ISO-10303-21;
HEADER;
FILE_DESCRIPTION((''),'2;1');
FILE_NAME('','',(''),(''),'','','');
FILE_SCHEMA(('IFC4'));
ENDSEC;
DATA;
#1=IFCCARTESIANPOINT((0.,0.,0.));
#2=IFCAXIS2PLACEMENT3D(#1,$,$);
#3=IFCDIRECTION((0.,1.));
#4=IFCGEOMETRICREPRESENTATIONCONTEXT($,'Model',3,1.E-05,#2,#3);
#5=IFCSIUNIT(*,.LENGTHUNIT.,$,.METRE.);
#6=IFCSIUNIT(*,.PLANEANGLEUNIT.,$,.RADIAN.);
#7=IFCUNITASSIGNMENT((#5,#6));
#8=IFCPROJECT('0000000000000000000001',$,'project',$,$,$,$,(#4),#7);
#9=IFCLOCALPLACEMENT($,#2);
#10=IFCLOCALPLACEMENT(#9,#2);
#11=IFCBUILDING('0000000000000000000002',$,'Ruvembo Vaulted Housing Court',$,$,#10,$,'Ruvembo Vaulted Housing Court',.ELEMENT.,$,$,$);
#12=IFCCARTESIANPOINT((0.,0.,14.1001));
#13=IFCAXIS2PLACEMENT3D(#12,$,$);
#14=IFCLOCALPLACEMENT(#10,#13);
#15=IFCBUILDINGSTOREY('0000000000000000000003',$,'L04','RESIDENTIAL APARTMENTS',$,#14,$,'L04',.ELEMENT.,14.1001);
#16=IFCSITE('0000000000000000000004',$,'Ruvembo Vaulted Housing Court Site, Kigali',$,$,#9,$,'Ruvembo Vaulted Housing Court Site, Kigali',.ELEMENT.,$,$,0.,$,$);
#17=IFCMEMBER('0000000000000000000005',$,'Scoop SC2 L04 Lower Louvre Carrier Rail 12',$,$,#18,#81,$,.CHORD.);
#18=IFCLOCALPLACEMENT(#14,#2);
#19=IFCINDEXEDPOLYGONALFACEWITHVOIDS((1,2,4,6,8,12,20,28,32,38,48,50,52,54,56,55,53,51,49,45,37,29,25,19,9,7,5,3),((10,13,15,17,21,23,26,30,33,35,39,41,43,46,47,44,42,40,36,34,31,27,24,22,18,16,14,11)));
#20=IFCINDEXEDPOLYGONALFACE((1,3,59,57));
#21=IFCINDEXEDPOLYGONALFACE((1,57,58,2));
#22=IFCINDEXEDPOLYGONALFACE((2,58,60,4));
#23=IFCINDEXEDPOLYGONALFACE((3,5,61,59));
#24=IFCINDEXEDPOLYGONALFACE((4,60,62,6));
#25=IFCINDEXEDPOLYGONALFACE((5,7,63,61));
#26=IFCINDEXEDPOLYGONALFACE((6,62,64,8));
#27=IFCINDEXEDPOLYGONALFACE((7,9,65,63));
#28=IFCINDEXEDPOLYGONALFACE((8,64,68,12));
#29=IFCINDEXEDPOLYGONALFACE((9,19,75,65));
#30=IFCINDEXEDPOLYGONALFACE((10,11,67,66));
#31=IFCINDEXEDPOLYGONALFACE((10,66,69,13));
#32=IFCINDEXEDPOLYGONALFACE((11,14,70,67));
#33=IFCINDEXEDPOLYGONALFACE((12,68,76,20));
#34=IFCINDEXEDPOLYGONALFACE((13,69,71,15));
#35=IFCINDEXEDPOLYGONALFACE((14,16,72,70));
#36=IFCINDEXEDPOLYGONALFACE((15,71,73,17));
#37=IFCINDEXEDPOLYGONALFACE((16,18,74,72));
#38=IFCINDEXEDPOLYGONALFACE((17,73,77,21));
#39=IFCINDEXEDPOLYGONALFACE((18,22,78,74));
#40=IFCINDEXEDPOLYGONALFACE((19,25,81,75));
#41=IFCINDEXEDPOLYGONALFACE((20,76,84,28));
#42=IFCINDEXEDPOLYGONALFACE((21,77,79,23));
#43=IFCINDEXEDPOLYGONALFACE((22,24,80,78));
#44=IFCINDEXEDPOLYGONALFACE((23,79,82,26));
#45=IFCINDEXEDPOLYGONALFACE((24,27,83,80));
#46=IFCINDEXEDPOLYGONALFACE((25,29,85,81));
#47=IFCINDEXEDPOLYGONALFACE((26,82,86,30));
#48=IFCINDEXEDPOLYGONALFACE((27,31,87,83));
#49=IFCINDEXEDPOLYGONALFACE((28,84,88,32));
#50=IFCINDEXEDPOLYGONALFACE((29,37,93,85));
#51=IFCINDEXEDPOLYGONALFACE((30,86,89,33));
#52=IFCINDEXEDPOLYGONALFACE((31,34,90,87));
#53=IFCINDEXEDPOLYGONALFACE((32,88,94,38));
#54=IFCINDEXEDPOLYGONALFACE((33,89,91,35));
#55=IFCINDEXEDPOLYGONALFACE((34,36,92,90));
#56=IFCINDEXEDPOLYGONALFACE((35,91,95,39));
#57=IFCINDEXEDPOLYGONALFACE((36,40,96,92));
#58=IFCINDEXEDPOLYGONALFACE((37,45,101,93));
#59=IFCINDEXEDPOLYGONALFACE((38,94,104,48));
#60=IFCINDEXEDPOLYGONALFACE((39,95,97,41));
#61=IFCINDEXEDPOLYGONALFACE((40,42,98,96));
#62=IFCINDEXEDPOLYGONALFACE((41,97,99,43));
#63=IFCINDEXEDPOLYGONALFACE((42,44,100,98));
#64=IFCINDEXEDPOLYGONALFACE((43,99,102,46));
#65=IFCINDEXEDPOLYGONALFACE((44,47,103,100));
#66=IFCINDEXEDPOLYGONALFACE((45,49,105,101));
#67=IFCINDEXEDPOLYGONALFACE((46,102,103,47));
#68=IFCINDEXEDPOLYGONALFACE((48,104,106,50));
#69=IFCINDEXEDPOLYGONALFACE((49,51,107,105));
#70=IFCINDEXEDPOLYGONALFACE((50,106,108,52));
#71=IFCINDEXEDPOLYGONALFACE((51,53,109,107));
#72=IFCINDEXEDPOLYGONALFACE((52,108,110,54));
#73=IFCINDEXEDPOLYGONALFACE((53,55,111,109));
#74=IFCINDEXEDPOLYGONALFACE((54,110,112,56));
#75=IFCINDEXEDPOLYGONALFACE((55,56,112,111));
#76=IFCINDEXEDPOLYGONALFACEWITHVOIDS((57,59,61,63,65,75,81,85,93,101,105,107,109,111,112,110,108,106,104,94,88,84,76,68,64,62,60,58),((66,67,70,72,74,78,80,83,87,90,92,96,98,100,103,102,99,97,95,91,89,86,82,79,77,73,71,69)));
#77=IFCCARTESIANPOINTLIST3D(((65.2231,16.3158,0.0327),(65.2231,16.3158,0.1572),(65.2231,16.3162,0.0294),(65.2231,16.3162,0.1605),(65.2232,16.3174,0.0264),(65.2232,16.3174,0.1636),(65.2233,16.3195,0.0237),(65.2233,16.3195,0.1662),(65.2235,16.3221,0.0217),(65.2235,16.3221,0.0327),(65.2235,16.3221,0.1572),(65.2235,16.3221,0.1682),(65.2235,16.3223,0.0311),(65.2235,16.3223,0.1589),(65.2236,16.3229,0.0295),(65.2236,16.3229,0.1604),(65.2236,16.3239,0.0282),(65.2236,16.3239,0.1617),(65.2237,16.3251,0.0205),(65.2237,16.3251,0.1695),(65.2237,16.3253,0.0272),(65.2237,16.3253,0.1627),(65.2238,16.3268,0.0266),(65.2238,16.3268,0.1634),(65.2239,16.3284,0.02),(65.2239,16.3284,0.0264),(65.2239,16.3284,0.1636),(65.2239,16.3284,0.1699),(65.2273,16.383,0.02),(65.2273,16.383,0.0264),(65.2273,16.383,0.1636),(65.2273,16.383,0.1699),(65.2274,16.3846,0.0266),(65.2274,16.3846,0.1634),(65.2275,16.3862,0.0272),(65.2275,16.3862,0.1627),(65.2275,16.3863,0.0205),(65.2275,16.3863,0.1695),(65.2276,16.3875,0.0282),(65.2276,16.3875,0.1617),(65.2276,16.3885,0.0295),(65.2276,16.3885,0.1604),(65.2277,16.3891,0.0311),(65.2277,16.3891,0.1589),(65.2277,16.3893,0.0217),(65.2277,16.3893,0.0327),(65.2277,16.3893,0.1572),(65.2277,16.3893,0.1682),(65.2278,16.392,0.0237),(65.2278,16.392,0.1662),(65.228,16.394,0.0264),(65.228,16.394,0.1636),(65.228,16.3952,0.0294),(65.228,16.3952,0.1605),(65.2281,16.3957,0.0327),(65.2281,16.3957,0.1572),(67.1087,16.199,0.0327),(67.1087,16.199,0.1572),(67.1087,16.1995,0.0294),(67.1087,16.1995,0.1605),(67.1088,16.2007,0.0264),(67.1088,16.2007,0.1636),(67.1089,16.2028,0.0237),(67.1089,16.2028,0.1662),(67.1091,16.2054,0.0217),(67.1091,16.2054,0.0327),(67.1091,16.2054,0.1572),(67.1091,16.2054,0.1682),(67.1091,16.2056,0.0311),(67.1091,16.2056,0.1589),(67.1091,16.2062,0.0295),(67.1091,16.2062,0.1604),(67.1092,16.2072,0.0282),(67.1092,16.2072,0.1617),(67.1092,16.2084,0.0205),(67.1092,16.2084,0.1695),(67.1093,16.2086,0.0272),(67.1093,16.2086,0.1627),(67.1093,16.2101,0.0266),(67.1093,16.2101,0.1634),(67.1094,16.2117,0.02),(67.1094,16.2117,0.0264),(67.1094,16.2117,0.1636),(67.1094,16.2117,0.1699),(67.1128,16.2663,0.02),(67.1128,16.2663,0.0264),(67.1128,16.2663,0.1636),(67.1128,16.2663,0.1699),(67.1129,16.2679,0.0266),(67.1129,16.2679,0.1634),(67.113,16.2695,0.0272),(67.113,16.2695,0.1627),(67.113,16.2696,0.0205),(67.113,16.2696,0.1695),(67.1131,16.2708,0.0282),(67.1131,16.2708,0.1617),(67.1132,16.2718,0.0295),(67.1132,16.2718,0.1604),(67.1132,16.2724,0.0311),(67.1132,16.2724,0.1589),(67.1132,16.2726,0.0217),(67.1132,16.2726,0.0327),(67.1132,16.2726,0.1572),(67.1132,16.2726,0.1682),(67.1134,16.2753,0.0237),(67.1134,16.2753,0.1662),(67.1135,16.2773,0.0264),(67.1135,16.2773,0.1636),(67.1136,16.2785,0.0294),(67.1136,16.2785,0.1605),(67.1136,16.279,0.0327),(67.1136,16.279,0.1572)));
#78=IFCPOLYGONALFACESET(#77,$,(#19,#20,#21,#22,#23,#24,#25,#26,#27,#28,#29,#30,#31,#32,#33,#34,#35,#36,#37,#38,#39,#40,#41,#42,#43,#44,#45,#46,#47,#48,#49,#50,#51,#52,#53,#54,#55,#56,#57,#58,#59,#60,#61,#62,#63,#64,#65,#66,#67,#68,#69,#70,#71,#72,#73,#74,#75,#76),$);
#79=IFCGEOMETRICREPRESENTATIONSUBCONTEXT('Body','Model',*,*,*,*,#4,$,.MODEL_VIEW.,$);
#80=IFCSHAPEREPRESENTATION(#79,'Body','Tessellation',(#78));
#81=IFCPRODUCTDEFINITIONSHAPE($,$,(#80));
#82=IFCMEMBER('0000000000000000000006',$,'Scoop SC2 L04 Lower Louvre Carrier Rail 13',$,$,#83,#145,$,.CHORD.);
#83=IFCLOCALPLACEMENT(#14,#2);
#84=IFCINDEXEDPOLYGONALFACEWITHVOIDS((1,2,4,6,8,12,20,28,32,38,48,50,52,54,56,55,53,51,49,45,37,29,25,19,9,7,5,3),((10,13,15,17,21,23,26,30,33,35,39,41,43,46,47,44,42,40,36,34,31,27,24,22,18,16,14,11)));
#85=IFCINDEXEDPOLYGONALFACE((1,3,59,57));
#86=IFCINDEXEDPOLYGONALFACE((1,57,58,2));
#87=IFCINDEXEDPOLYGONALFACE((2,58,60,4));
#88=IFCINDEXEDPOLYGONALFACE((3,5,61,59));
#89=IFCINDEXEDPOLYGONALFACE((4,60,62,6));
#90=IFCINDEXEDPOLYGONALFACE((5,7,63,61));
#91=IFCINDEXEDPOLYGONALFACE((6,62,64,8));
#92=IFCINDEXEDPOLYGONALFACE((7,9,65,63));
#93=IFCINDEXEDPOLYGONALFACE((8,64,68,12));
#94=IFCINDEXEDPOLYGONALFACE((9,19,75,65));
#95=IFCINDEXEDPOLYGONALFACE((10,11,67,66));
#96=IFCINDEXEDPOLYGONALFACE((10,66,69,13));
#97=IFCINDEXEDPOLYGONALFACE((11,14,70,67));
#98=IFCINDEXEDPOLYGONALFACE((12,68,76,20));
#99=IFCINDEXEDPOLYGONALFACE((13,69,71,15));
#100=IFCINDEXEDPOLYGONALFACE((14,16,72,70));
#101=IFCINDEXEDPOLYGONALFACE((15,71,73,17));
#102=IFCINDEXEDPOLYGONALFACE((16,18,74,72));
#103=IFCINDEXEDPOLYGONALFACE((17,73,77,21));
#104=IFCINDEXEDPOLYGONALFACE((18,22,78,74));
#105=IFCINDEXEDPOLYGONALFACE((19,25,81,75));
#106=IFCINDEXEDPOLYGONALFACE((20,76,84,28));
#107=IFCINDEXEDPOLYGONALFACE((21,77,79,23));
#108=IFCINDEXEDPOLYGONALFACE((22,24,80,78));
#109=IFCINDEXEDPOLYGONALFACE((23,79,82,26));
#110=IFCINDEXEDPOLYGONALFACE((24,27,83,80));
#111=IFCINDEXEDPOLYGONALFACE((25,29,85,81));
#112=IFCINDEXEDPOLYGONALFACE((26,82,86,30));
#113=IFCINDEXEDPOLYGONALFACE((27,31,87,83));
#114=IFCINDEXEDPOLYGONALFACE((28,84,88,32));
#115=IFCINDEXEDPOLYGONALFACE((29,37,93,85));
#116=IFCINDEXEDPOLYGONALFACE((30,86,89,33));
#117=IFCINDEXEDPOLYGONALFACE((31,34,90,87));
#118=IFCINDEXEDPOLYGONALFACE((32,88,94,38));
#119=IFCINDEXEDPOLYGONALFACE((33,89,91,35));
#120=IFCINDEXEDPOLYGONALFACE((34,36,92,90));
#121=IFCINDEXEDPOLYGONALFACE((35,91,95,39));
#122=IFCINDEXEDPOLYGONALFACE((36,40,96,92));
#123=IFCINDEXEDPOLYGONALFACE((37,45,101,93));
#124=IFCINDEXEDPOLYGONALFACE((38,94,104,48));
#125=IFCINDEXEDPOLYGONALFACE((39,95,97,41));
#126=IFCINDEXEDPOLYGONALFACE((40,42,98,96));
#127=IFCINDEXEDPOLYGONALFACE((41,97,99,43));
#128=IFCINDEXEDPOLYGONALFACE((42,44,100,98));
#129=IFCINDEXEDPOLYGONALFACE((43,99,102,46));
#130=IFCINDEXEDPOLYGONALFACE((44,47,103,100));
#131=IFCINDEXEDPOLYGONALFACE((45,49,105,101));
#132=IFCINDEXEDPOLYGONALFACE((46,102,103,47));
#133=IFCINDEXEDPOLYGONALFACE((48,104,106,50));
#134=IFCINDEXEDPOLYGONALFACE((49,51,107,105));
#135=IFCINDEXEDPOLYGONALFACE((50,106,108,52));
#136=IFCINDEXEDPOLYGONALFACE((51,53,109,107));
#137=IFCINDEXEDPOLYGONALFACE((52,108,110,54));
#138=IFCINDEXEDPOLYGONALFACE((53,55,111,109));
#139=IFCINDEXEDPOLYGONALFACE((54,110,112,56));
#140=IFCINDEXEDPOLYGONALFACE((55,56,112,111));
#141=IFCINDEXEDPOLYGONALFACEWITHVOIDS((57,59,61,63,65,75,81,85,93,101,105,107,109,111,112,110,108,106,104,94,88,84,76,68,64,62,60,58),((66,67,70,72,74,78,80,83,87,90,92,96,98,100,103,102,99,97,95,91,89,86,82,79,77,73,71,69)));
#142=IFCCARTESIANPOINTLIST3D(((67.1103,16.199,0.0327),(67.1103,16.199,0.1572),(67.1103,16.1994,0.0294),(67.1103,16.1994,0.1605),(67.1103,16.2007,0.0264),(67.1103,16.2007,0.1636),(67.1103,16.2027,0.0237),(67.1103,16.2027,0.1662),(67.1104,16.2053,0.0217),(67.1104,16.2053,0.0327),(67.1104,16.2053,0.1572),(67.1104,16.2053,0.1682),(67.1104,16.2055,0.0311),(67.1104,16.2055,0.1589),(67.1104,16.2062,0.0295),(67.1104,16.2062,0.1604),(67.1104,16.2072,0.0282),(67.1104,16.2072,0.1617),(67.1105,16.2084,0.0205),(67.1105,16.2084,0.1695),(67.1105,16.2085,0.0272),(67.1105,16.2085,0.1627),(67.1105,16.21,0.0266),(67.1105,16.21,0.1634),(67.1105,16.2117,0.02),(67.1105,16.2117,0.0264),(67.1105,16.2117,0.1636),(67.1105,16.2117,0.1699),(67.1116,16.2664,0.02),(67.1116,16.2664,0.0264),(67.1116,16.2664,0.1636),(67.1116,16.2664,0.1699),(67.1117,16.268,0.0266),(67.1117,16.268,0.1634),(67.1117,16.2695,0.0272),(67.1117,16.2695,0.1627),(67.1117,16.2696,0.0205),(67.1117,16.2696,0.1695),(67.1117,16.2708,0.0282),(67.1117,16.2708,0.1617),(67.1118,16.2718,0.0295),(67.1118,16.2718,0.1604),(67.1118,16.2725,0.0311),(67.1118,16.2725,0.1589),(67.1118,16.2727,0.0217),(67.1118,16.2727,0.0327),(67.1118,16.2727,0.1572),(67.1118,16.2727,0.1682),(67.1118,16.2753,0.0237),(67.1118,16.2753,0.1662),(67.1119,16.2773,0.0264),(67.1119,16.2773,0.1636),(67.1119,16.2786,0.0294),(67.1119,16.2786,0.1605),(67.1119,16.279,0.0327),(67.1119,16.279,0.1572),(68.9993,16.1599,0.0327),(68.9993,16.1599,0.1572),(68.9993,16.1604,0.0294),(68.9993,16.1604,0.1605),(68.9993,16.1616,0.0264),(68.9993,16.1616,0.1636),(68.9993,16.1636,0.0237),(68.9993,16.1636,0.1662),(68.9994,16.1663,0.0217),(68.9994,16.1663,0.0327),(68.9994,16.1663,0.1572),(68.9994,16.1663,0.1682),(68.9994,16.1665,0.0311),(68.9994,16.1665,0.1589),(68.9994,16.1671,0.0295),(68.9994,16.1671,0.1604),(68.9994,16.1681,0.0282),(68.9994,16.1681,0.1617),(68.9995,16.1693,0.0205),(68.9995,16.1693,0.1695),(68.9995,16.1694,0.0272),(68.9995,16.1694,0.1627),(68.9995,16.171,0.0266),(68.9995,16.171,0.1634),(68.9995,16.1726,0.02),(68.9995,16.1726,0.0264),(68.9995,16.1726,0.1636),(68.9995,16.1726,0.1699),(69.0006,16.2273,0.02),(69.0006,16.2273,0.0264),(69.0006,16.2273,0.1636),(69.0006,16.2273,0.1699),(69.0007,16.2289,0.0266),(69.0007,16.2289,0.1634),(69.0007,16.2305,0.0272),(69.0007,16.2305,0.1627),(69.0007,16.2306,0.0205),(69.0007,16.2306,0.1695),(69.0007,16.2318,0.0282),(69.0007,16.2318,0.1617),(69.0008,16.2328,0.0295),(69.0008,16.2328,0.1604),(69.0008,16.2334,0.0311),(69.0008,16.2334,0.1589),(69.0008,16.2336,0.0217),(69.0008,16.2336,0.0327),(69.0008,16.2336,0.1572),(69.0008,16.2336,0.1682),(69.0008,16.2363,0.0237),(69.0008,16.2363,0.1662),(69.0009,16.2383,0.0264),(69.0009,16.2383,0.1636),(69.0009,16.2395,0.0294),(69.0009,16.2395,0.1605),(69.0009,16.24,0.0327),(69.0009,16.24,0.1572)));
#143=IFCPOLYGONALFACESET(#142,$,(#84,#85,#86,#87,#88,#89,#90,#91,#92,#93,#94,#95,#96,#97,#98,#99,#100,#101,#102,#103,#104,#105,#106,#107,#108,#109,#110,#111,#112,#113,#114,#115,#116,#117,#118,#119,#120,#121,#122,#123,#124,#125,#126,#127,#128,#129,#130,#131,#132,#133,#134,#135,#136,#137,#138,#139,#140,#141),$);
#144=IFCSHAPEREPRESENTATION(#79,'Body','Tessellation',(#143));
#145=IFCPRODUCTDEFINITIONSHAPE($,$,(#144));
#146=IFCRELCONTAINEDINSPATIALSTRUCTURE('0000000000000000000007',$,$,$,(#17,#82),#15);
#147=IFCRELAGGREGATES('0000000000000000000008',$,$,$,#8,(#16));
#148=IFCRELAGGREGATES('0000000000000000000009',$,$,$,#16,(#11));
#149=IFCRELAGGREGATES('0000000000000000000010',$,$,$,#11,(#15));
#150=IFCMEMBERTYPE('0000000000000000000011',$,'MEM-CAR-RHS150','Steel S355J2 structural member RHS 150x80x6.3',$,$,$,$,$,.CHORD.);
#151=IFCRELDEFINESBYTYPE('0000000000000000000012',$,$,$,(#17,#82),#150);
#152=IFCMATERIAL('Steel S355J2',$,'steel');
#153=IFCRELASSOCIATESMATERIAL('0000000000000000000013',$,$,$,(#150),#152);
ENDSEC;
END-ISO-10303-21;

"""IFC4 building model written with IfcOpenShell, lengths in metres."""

from ifc_helpers import new_model, si_unit, direction, frame, origin, origin_2d, place, context, subcontext, project, spatial, hollow_rectangle, extrude, material, material_profile, profile_set, type_object, element, save


model = new_model("IFC4")

# Units and contexts
model_context = context("Model", 3, precision=1e-05, world=origin(), true_north=direction((0.0, 1.0)))
body_context = subcontext(model_context, "Body", "Model", "MODEL_VIEW")
ifc_project = project(units=[si_unit("LENGTHUNIT", "METRE"), si_unit("PLANEANGLEUNIT", "RADIAN")], contexts=[model_context])

# Site, building, storey
site_placement = place(None, origin())
site = spatial("IfcSite", under=ifc_project, at=site_placement, Name="Ruvembo Vaulted Housing Court Site, Kigali", LongName="Ruvembo Vaulted Housing Court Site, Kigali", CompositionType="ELEMENT", RefElevation=0.0)
building_placement = place(site_placement, origin())
building = spatial("IfcBuilding", under=site, at=building_placement, Name="Ruvembo Vaulted Housing Court", LongName="Ruvembo Vaulted Housing Court", CompositionType="ELEMENT")
storey_placement = place(building_placement, frame((0.0, 0.0, 14.1001)))
storey = spatial("IfcBuildingStorey", under=building, at=storey_placement, Name="L04", Description="RESIDENTIAL APARTMENTS", LongName="L04", CompositionType="ELEMENT", Elevation=14.1001)

# Shared definitions
ifc_material_1 = material(Name="Steel S355J2", Category="steel")

# Members
ifc_material_profile_1 = material_profile(ifc_material_1, hollow_rectangle(XDim=0.0801, YDim=0.1499, WallThickness=0.0063, InnerFilletRadius=0.0063, OuterFilletRadius=0.0127, at=origin_2d()), Name="RHS 150x80x6.3")
ifc_profile_set_1 = profile_set([ifc_material_profile_1], Name="Steel S355J2")
member_type_1 = type_object("IfcMemberType", Name="MEM-CAR-RHS150", Description="Steel S355J2 structural member RHS 150x80x6.3", PredefinedType="CHORD", material=ifc_profile_set_1)
member_1_placement = place(storey_placement, frame((65.2256, 16.3557, 0.095), z_axis=(0.99809, -0.061775, 0.0), x_axis=(0.061775, 0.99809, 0.0)))
element("IfcMember", 1, at=member_1_placement, inside=storey, type_object=member_type_1, Name="Scoop SC2 L04 Lower Louvre Carrier Rail 12", PredefinedType="CHORD", context=body_context, shape_type="SweptSolid", body=[
    extrude(hollow_rectangle(XDim=0.0801, YDim=0.1499, WallThickness=0.0063, InnerFilletRadius=0.0063, OuterFilletRadius=0.0127, at=origin_2d()), origin(), (0.0, 0.0, 1.0), 1.8892),
])
member_2_placement = place(storey_placement, frame((67.1111, 16.239, 0.095), z_axis=(0.999786, -0.020675, 0.0), x_axis=(0.020675, 0.999786, 0.0)))
element("IfcMember", 2, at=member_2_placement, inside=storey, type_object=member_type_1, Name="Scoop SC2 L04 Lower Louvre Carrier Rail 13", PredefinedType="CHORD", context=body_context, shape_type="SweptSolid", body=[
    extrude(hollow_rectangle(XDim=0.0801, YDim=0.1499, WallThickness=0.0063, InnerFilletRadius=0.0063, OuterFilletRadius=0.0127, at=origin_2d()), origin(), (0.0, 0.0, 1.0), 1.8894),
])

save(model, "model.ifc")
